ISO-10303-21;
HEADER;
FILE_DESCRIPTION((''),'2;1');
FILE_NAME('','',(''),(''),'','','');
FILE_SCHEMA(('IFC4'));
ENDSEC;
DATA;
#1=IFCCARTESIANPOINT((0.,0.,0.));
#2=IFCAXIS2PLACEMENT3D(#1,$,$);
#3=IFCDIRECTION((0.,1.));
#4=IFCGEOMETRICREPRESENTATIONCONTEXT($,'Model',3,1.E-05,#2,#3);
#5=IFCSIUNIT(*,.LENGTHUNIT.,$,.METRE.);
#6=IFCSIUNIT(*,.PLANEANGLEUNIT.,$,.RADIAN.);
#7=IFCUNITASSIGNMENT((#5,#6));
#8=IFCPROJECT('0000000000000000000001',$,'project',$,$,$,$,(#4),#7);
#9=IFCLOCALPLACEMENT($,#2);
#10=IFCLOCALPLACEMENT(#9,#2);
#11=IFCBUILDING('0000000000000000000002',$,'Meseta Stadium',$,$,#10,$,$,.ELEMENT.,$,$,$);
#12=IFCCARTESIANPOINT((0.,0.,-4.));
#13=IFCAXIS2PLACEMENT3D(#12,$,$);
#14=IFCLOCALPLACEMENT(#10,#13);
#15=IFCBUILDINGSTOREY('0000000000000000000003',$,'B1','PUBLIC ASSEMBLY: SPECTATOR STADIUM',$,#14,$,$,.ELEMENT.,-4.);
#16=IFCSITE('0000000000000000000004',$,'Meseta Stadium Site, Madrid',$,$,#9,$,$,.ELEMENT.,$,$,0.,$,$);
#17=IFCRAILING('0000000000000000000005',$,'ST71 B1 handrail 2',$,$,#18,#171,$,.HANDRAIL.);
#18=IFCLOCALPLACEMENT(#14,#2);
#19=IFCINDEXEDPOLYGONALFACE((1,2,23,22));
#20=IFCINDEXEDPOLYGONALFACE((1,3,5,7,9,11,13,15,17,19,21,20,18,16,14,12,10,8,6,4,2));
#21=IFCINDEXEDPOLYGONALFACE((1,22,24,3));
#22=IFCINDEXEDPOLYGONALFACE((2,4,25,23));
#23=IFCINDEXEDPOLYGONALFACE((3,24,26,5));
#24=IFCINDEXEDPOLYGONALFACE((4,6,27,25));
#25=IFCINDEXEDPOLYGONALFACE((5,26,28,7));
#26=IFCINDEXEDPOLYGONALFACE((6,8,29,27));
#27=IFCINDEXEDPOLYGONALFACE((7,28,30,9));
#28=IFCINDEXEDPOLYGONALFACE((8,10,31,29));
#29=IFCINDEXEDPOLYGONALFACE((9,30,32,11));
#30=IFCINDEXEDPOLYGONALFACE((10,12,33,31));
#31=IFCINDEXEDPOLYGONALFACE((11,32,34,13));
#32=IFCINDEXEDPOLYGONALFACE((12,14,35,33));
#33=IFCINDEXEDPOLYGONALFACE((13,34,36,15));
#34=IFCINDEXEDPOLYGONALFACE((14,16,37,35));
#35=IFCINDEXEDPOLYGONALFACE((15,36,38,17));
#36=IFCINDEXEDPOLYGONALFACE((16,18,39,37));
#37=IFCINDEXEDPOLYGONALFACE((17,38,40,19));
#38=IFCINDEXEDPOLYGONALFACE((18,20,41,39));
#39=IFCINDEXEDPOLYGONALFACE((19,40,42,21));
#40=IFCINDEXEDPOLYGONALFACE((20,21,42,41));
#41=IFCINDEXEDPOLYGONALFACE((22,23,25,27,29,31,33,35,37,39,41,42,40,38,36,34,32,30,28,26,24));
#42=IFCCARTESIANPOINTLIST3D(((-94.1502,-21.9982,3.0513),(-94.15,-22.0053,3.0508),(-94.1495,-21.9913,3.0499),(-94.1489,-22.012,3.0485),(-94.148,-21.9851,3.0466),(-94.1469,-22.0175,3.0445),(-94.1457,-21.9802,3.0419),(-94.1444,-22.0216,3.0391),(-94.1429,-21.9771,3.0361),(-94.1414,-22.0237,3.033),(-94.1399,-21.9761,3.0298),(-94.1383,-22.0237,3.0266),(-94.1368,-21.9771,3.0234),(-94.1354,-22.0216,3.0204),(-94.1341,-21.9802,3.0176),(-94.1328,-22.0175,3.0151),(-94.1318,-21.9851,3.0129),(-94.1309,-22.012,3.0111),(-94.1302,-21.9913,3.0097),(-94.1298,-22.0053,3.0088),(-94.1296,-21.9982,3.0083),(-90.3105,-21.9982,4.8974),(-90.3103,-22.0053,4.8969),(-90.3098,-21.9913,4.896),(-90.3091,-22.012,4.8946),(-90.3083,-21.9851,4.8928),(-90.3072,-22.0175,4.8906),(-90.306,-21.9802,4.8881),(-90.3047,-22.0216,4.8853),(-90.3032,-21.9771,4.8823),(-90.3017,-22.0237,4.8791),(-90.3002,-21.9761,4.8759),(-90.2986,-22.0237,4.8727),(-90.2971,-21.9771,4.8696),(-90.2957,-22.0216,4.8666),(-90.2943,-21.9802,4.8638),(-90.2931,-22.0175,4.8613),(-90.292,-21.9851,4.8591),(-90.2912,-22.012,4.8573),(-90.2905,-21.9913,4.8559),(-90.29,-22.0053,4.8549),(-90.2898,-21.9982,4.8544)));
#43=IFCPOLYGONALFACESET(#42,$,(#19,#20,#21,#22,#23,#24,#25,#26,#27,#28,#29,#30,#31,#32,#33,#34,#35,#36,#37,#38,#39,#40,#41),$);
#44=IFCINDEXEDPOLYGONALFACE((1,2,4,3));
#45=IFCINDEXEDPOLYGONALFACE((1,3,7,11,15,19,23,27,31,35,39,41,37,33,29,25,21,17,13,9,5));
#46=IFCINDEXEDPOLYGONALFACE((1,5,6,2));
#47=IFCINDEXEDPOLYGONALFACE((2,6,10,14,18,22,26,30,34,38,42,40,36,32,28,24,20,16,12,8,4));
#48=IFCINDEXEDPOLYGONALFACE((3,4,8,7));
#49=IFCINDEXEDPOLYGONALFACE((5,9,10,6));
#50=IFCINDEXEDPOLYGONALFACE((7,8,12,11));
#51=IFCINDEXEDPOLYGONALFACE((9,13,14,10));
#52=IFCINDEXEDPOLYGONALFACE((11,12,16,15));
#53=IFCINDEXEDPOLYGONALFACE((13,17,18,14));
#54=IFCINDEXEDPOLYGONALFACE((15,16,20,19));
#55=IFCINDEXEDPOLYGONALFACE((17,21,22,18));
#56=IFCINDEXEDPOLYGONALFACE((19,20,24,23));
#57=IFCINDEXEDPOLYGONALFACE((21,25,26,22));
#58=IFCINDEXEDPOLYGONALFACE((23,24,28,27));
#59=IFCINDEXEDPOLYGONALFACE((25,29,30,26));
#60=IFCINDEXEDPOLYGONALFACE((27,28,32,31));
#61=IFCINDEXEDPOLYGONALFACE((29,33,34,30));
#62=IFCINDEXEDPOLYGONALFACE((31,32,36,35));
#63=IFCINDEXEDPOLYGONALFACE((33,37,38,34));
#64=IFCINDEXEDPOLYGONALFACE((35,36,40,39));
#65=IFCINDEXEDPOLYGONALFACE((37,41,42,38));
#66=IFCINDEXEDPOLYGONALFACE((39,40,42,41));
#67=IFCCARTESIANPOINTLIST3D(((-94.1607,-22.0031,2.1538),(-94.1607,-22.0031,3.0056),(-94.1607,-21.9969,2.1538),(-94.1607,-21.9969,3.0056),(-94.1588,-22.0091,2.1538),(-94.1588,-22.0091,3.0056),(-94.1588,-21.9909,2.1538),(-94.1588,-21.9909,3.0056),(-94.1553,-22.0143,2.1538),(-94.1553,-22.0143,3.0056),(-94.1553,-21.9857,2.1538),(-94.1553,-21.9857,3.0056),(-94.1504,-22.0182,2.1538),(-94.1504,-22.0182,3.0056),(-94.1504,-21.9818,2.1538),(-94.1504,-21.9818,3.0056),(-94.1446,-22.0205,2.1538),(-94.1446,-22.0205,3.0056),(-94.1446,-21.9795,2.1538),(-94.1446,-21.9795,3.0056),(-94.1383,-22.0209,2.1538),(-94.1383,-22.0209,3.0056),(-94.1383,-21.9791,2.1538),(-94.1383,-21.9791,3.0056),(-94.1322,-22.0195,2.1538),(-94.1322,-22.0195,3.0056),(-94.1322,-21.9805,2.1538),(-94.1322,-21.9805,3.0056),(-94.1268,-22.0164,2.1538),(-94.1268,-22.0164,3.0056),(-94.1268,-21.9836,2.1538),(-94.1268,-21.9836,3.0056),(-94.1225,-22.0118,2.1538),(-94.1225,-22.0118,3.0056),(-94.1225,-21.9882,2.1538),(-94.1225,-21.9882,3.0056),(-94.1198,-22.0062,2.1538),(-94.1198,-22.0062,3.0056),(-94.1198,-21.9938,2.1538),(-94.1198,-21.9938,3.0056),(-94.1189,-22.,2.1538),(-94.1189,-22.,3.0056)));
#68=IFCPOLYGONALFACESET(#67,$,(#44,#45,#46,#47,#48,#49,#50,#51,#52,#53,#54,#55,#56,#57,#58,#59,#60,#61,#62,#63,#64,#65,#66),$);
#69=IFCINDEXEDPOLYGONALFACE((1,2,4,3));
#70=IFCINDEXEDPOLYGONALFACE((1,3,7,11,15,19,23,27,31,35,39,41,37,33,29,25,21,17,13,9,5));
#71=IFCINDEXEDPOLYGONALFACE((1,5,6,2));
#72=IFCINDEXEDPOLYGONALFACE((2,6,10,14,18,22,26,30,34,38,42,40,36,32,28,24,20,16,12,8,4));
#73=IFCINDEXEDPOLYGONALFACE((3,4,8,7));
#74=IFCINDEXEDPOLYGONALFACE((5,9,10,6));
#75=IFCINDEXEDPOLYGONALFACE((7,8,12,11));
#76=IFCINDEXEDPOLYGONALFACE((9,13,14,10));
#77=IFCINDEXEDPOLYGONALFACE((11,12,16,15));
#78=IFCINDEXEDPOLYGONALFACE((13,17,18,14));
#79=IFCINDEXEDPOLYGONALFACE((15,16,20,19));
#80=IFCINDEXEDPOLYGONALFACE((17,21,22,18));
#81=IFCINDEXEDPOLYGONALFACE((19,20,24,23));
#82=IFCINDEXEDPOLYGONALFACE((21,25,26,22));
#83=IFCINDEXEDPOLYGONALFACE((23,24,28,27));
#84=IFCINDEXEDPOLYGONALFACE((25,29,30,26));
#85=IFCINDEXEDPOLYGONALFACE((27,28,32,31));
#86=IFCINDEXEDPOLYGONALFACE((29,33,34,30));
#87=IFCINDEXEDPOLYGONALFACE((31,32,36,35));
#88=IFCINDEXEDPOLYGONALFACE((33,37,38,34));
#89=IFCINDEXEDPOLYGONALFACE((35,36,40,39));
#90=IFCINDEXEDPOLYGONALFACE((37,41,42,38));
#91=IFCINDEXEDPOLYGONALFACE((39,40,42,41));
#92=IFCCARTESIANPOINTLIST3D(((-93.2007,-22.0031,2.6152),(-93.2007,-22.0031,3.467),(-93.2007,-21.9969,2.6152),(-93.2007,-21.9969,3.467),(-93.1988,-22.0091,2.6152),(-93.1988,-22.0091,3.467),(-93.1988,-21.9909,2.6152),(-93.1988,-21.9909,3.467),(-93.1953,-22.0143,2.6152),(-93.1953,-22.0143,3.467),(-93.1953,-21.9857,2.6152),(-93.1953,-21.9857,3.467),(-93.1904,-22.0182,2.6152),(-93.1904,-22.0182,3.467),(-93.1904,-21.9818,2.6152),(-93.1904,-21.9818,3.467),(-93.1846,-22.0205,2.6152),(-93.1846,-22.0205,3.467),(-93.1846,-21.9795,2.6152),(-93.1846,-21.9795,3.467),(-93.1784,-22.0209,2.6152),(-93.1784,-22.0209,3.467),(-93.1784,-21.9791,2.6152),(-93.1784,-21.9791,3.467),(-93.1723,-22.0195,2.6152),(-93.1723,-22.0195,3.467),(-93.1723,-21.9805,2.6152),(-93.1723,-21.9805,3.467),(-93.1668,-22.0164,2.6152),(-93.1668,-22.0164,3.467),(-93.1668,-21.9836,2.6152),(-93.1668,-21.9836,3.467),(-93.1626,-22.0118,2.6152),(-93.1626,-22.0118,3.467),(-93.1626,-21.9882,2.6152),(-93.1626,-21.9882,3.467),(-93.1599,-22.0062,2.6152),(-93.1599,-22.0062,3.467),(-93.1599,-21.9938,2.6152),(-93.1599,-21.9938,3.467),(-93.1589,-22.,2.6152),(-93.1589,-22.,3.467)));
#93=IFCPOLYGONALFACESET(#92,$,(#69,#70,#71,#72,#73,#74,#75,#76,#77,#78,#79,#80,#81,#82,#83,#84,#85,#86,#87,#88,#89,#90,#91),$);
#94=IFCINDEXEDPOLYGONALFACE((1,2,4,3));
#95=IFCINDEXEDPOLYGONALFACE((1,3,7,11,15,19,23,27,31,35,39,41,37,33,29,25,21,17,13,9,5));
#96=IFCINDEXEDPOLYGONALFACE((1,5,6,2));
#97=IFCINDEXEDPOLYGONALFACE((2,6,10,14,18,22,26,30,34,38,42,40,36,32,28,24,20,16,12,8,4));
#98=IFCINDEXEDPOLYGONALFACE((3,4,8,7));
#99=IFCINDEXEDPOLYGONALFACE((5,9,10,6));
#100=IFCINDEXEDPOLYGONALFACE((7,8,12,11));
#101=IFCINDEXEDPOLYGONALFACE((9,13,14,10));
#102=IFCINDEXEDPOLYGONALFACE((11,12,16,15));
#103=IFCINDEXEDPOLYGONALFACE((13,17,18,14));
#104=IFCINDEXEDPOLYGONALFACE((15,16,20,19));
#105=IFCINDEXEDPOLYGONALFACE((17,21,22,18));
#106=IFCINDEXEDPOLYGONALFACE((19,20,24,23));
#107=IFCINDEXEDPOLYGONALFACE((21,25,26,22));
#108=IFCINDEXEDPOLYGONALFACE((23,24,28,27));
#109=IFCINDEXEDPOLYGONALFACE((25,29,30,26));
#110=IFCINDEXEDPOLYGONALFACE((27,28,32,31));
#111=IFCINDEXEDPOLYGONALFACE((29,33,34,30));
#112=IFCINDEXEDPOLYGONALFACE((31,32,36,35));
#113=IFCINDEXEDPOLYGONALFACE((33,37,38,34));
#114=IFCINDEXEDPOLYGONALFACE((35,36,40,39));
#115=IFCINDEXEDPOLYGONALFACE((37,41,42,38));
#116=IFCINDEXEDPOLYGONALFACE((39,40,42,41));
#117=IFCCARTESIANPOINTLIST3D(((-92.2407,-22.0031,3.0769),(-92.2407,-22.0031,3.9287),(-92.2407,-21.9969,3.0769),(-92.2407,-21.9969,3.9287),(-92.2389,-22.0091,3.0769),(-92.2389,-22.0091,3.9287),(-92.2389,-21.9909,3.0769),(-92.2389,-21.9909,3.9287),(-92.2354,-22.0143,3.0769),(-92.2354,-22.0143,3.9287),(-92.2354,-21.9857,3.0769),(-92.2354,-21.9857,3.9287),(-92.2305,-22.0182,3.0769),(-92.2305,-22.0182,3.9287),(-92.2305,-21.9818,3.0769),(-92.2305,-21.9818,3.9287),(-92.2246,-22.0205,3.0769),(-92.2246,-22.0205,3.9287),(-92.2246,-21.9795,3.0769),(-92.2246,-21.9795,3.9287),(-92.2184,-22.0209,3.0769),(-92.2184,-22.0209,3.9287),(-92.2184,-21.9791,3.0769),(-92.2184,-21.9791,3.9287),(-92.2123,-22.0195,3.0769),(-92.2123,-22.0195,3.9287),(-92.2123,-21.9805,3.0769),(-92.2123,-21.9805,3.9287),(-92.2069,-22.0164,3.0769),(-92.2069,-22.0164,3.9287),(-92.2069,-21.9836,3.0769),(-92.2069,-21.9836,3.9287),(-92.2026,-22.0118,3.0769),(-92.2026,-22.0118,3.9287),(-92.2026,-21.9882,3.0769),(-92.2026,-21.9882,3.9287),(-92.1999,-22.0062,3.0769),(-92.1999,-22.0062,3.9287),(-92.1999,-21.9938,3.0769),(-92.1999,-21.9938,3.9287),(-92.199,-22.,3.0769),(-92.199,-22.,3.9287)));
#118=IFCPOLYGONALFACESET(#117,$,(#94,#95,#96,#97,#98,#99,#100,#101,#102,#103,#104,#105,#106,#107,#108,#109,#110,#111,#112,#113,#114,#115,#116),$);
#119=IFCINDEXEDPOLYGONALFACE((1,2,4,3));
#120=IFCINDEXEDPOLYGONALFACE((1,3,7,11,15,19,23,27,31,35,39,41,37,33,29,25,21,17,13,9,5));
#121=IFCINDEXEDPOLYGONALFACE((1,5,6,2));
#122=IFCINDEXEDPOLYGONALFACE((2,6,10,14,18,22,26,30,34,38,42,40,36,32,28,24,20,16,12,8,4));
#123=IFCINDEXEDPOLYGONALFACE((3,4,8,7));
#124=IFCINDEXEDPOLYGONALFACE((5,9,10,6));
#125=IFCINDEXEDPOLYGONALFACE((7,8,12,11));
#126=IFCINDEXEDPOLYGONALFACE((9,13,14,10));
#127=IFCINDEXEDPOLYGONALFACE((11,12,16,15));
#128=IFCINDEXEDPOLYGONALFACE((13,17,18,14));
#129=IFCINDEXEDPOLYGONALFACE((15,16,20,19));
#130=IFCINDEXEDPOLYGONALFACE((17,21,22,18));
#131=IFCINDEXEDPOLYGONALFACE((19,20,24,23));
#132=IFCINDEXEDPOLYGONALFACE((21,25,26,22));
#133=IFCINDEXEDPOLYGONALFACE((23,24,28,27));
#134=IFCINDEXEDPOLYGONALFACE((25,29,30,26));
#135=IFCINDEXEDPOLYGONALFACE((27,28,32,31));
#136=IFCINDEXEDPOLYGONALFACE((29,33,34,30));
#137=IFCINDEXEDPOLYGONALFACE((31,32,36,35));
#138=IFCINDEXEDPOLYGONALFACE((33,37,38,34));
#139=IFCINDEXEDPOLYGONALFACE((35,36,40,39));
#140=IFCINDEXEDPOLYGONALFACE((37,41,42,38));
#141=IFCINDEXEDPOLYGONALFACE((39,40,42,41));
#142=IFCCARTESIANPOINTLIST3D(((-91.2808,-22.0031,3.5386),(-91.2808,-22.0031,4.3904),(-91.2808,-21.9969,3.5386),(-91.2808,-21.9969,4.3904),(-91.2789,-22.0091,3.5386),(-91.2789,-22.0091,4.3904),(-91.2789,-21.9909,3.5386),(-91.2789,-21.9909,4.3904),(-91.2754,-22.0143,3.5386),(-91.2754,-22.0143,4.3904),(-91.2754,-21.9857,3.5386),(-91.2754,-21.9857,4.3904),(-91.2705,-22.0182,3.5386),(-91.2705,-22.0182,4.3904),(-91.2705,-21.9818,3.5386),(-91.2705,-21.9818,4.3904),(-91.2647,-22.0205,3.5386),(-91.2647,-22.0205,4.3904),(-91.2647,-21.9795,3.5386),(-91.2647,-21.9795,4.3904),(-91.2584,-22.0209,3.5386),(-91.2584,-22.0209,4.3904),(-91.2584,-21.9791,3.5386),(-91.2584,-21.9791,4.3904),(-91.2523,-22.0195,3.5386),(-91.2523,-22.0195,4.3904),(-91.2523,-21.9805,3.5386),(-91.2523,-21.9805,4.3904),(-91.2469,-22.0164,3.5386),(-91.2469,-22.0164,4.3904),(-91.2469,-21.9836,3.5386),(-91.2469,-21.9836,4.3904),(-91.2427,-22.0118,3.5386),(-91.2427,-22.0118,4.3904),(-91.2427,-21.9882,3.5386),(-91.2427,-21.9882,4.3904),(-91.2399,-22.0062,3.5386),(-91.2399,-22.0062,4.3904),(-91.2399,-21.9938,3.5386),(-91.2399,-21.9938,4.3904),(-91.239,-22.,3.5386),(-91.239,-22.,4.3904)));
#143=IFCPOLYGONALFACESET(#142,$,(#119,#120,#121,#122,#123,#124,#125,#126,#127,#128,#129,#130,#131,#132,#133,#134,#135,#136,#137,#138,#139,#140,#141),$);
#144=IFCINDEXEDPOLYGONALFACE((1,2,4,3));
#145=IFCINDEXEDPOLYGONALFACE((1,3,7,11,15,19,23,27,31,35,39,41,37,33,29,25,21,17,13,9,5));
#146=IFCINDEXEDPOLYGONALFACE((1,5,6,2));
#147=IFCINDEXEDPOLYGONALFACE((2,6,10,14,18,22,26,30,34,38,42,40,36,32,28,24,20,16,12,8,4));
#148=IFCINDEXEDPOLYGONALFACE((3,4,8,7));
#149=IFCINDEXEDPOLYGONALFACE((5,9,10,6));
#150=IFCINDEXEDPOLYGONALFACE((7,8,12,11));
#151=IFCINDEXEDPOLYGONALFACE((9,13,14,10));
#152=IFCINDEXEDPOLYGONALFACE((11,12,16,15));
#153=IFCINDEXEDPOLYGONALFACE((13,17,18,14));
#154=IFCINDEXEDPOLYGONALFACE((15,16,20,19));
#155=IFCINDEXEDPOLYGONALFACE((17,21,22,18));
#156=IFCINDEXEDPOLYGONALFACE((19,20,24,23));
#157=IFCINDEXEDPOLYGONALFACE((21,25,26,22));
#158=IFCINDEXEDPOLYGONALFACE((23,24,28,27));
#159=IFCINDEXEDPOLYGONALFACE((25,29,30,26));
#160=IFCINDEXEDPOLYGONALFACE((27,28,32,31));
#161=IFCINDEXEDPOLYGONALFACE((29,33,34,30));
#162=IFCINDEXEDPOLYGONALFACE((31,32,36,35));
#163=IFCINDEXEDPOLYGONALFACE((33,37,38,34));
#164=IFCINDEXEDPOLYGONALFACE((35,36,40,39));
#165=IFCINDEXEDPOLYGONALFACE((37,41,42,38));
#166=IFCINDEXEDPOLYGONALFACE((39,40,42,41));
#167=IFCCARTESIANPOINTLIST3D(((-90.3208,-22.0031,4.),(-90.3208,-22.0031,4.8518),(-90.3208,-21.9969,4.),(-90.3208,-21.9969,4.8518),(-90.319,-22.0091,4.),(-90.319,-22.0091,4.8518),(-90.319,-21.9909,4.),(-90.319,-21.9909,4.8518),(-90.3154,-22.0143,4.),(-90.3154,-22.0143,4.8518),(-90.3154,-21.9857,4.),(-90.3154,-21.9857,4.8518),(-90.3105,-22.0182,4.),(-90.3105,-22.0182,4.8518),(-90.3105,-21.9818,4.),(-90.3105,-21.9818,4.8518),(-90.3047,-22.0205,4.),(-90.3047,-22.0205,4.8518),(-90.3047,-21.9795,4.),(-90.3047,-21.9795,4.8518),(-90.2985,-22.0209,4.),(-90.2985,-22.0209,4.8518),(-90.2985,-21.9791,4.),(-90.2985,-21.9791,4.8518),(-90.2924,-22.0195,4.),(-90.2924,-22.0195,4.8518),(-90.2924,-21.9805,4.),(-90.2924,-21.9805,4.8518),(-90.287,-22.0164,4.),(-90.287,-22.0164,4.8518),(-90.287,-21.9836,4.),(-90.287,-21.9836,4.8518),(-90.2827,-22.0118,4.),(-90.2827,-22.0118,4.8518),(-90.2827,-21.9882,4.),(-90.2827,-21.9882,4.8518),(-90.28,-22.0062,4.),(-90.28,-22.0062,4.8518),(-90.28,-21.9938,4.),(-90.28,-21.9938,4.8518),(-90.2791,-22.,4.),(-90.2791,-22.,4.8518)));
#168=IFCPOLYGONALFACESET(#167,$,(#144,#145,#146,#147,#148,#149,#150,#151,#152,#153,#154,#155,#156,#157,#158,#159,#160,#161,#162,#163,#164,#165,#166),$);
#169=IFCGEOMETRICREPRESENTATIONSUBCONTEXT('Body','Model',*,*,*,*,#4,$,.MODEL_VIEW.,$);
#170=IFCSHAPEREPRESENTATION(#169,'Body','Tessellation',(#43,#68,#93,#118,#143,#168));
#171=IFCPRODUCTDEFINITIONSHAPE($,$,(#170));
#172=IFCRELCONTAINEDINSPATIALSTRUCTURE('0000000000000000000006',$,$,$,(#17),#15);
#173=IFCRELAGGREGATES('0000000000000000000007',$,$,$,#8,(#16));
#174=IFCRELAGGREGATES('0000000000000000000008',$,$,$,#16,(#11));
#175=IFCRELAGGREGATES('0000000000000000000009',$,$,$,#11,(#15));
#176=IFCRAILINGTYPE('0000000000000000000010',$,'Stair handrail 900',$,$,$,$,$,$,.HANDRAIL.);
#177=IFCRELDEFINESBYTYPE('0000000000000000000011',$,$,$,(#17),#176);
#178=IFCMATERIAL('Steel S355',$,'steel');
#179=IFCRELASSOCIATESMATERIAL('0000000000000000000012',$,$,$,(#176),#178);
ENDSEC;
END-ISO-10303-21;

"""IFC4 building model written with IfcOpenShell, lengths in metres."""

from ifc_helpers import new_model, si_unit, direction, frame, origin, origin_2d, place, context, subcontext, project, spatial, circle, extrude, material, type_object, element, save


model = new_model("IFC4")

# Units and contexts
model_context = context("Model", 3, precision=1e-05, world=origin(), true_north=direction((0.0, 1.0)))
body_context = subcontext(model_context, "Body", "Model", "MODEL_VIEW")
ifc_project = project(units=[si_unit("LENGTHUNIT", "METRE"), si_unit("PLANEANGLEUNIT", "RADIAN")], contexts=[model_context])

# Site, building, storey
site_placement = place(None, origin())
site = spatial("IfcSite", under=ifc_project, at=site_placement, Name="Meseta Stadium Site, Madrid", CompositionType="ELEMENT", RefElevation=0.0)
building_placement = place(site_placement, origin())
building = spatial("IfcBuilding", under=site, at=building_placement, Name="Meseta Stadium", CompositionType="ELEMENT")
storey_placement = place(building_placement, frame((0.0, 0.0, -4.0)))
storey = spatial("IfcBuildingStorey", under=building, at=storey_placement, Name="B1", Description="PUBLIC ASSEMBLY: SPECTATOR STADIUM", CompositionType="ELEMENT", Elevation=-4.0)

# Railing
ifc_material_1 = material(Name="Steel S355", Category="steel")
railing_type_1 = type_object("IfcRailingType", Name="Stair handrail 900", PredefinedType="HANDRAIL", material=ifc_material_1)
railing_1_placement = place(storey_placement, frame((-94.1399, -22.0, 2.1538)))
element("IfcRailing", 1, at=railing_1_placement, inside=storey, type_object=railing_type_1, Name="ST71 B1 handrail 2", PredefinedType="HANDRAIL", context=body_context, shape_type="SweptSolid", body=[
    extrude(circle(Radius=0.0239, at=origin_2d()), frame((0.0, 0.0, 0.876), z_axis=(0.901242, 0.0, 0.433316), x_axis=(0.0, 1.0, 0.0)), (0.0, 0.0, 1.0), 4.2605),
    extrude(circle(Radius=0.021, at=origin_2d()), origin(), (0.0, 0.0, 1.0), 0.8518),
    extrude(circle(Radius=0.021, at=origin_2d()), frame((0.96, 0.0, 0.4614)), (0.0, 0.0, 1.0), 0.8518),
    extrude(circle(Radius=0.021, at=origin_2d()), frame((1.9199, 0.0, 0.9231)), (0.0, 0.0, 1.0), 0.8518),
    extrude(circle(Radius=0.021, at=origin_2d()), frame((2.8799, 0.0, 1.3848)), (0.0, 0.0, 1.0), 0.8518),
    extrude(circle(Radius=0.021, at=origin_2d()), frame((3.8398, 0.0, 1.8462)), (0.0, 0.0, 1.0), 0.8518),
])

save(model, "model.ifc")
